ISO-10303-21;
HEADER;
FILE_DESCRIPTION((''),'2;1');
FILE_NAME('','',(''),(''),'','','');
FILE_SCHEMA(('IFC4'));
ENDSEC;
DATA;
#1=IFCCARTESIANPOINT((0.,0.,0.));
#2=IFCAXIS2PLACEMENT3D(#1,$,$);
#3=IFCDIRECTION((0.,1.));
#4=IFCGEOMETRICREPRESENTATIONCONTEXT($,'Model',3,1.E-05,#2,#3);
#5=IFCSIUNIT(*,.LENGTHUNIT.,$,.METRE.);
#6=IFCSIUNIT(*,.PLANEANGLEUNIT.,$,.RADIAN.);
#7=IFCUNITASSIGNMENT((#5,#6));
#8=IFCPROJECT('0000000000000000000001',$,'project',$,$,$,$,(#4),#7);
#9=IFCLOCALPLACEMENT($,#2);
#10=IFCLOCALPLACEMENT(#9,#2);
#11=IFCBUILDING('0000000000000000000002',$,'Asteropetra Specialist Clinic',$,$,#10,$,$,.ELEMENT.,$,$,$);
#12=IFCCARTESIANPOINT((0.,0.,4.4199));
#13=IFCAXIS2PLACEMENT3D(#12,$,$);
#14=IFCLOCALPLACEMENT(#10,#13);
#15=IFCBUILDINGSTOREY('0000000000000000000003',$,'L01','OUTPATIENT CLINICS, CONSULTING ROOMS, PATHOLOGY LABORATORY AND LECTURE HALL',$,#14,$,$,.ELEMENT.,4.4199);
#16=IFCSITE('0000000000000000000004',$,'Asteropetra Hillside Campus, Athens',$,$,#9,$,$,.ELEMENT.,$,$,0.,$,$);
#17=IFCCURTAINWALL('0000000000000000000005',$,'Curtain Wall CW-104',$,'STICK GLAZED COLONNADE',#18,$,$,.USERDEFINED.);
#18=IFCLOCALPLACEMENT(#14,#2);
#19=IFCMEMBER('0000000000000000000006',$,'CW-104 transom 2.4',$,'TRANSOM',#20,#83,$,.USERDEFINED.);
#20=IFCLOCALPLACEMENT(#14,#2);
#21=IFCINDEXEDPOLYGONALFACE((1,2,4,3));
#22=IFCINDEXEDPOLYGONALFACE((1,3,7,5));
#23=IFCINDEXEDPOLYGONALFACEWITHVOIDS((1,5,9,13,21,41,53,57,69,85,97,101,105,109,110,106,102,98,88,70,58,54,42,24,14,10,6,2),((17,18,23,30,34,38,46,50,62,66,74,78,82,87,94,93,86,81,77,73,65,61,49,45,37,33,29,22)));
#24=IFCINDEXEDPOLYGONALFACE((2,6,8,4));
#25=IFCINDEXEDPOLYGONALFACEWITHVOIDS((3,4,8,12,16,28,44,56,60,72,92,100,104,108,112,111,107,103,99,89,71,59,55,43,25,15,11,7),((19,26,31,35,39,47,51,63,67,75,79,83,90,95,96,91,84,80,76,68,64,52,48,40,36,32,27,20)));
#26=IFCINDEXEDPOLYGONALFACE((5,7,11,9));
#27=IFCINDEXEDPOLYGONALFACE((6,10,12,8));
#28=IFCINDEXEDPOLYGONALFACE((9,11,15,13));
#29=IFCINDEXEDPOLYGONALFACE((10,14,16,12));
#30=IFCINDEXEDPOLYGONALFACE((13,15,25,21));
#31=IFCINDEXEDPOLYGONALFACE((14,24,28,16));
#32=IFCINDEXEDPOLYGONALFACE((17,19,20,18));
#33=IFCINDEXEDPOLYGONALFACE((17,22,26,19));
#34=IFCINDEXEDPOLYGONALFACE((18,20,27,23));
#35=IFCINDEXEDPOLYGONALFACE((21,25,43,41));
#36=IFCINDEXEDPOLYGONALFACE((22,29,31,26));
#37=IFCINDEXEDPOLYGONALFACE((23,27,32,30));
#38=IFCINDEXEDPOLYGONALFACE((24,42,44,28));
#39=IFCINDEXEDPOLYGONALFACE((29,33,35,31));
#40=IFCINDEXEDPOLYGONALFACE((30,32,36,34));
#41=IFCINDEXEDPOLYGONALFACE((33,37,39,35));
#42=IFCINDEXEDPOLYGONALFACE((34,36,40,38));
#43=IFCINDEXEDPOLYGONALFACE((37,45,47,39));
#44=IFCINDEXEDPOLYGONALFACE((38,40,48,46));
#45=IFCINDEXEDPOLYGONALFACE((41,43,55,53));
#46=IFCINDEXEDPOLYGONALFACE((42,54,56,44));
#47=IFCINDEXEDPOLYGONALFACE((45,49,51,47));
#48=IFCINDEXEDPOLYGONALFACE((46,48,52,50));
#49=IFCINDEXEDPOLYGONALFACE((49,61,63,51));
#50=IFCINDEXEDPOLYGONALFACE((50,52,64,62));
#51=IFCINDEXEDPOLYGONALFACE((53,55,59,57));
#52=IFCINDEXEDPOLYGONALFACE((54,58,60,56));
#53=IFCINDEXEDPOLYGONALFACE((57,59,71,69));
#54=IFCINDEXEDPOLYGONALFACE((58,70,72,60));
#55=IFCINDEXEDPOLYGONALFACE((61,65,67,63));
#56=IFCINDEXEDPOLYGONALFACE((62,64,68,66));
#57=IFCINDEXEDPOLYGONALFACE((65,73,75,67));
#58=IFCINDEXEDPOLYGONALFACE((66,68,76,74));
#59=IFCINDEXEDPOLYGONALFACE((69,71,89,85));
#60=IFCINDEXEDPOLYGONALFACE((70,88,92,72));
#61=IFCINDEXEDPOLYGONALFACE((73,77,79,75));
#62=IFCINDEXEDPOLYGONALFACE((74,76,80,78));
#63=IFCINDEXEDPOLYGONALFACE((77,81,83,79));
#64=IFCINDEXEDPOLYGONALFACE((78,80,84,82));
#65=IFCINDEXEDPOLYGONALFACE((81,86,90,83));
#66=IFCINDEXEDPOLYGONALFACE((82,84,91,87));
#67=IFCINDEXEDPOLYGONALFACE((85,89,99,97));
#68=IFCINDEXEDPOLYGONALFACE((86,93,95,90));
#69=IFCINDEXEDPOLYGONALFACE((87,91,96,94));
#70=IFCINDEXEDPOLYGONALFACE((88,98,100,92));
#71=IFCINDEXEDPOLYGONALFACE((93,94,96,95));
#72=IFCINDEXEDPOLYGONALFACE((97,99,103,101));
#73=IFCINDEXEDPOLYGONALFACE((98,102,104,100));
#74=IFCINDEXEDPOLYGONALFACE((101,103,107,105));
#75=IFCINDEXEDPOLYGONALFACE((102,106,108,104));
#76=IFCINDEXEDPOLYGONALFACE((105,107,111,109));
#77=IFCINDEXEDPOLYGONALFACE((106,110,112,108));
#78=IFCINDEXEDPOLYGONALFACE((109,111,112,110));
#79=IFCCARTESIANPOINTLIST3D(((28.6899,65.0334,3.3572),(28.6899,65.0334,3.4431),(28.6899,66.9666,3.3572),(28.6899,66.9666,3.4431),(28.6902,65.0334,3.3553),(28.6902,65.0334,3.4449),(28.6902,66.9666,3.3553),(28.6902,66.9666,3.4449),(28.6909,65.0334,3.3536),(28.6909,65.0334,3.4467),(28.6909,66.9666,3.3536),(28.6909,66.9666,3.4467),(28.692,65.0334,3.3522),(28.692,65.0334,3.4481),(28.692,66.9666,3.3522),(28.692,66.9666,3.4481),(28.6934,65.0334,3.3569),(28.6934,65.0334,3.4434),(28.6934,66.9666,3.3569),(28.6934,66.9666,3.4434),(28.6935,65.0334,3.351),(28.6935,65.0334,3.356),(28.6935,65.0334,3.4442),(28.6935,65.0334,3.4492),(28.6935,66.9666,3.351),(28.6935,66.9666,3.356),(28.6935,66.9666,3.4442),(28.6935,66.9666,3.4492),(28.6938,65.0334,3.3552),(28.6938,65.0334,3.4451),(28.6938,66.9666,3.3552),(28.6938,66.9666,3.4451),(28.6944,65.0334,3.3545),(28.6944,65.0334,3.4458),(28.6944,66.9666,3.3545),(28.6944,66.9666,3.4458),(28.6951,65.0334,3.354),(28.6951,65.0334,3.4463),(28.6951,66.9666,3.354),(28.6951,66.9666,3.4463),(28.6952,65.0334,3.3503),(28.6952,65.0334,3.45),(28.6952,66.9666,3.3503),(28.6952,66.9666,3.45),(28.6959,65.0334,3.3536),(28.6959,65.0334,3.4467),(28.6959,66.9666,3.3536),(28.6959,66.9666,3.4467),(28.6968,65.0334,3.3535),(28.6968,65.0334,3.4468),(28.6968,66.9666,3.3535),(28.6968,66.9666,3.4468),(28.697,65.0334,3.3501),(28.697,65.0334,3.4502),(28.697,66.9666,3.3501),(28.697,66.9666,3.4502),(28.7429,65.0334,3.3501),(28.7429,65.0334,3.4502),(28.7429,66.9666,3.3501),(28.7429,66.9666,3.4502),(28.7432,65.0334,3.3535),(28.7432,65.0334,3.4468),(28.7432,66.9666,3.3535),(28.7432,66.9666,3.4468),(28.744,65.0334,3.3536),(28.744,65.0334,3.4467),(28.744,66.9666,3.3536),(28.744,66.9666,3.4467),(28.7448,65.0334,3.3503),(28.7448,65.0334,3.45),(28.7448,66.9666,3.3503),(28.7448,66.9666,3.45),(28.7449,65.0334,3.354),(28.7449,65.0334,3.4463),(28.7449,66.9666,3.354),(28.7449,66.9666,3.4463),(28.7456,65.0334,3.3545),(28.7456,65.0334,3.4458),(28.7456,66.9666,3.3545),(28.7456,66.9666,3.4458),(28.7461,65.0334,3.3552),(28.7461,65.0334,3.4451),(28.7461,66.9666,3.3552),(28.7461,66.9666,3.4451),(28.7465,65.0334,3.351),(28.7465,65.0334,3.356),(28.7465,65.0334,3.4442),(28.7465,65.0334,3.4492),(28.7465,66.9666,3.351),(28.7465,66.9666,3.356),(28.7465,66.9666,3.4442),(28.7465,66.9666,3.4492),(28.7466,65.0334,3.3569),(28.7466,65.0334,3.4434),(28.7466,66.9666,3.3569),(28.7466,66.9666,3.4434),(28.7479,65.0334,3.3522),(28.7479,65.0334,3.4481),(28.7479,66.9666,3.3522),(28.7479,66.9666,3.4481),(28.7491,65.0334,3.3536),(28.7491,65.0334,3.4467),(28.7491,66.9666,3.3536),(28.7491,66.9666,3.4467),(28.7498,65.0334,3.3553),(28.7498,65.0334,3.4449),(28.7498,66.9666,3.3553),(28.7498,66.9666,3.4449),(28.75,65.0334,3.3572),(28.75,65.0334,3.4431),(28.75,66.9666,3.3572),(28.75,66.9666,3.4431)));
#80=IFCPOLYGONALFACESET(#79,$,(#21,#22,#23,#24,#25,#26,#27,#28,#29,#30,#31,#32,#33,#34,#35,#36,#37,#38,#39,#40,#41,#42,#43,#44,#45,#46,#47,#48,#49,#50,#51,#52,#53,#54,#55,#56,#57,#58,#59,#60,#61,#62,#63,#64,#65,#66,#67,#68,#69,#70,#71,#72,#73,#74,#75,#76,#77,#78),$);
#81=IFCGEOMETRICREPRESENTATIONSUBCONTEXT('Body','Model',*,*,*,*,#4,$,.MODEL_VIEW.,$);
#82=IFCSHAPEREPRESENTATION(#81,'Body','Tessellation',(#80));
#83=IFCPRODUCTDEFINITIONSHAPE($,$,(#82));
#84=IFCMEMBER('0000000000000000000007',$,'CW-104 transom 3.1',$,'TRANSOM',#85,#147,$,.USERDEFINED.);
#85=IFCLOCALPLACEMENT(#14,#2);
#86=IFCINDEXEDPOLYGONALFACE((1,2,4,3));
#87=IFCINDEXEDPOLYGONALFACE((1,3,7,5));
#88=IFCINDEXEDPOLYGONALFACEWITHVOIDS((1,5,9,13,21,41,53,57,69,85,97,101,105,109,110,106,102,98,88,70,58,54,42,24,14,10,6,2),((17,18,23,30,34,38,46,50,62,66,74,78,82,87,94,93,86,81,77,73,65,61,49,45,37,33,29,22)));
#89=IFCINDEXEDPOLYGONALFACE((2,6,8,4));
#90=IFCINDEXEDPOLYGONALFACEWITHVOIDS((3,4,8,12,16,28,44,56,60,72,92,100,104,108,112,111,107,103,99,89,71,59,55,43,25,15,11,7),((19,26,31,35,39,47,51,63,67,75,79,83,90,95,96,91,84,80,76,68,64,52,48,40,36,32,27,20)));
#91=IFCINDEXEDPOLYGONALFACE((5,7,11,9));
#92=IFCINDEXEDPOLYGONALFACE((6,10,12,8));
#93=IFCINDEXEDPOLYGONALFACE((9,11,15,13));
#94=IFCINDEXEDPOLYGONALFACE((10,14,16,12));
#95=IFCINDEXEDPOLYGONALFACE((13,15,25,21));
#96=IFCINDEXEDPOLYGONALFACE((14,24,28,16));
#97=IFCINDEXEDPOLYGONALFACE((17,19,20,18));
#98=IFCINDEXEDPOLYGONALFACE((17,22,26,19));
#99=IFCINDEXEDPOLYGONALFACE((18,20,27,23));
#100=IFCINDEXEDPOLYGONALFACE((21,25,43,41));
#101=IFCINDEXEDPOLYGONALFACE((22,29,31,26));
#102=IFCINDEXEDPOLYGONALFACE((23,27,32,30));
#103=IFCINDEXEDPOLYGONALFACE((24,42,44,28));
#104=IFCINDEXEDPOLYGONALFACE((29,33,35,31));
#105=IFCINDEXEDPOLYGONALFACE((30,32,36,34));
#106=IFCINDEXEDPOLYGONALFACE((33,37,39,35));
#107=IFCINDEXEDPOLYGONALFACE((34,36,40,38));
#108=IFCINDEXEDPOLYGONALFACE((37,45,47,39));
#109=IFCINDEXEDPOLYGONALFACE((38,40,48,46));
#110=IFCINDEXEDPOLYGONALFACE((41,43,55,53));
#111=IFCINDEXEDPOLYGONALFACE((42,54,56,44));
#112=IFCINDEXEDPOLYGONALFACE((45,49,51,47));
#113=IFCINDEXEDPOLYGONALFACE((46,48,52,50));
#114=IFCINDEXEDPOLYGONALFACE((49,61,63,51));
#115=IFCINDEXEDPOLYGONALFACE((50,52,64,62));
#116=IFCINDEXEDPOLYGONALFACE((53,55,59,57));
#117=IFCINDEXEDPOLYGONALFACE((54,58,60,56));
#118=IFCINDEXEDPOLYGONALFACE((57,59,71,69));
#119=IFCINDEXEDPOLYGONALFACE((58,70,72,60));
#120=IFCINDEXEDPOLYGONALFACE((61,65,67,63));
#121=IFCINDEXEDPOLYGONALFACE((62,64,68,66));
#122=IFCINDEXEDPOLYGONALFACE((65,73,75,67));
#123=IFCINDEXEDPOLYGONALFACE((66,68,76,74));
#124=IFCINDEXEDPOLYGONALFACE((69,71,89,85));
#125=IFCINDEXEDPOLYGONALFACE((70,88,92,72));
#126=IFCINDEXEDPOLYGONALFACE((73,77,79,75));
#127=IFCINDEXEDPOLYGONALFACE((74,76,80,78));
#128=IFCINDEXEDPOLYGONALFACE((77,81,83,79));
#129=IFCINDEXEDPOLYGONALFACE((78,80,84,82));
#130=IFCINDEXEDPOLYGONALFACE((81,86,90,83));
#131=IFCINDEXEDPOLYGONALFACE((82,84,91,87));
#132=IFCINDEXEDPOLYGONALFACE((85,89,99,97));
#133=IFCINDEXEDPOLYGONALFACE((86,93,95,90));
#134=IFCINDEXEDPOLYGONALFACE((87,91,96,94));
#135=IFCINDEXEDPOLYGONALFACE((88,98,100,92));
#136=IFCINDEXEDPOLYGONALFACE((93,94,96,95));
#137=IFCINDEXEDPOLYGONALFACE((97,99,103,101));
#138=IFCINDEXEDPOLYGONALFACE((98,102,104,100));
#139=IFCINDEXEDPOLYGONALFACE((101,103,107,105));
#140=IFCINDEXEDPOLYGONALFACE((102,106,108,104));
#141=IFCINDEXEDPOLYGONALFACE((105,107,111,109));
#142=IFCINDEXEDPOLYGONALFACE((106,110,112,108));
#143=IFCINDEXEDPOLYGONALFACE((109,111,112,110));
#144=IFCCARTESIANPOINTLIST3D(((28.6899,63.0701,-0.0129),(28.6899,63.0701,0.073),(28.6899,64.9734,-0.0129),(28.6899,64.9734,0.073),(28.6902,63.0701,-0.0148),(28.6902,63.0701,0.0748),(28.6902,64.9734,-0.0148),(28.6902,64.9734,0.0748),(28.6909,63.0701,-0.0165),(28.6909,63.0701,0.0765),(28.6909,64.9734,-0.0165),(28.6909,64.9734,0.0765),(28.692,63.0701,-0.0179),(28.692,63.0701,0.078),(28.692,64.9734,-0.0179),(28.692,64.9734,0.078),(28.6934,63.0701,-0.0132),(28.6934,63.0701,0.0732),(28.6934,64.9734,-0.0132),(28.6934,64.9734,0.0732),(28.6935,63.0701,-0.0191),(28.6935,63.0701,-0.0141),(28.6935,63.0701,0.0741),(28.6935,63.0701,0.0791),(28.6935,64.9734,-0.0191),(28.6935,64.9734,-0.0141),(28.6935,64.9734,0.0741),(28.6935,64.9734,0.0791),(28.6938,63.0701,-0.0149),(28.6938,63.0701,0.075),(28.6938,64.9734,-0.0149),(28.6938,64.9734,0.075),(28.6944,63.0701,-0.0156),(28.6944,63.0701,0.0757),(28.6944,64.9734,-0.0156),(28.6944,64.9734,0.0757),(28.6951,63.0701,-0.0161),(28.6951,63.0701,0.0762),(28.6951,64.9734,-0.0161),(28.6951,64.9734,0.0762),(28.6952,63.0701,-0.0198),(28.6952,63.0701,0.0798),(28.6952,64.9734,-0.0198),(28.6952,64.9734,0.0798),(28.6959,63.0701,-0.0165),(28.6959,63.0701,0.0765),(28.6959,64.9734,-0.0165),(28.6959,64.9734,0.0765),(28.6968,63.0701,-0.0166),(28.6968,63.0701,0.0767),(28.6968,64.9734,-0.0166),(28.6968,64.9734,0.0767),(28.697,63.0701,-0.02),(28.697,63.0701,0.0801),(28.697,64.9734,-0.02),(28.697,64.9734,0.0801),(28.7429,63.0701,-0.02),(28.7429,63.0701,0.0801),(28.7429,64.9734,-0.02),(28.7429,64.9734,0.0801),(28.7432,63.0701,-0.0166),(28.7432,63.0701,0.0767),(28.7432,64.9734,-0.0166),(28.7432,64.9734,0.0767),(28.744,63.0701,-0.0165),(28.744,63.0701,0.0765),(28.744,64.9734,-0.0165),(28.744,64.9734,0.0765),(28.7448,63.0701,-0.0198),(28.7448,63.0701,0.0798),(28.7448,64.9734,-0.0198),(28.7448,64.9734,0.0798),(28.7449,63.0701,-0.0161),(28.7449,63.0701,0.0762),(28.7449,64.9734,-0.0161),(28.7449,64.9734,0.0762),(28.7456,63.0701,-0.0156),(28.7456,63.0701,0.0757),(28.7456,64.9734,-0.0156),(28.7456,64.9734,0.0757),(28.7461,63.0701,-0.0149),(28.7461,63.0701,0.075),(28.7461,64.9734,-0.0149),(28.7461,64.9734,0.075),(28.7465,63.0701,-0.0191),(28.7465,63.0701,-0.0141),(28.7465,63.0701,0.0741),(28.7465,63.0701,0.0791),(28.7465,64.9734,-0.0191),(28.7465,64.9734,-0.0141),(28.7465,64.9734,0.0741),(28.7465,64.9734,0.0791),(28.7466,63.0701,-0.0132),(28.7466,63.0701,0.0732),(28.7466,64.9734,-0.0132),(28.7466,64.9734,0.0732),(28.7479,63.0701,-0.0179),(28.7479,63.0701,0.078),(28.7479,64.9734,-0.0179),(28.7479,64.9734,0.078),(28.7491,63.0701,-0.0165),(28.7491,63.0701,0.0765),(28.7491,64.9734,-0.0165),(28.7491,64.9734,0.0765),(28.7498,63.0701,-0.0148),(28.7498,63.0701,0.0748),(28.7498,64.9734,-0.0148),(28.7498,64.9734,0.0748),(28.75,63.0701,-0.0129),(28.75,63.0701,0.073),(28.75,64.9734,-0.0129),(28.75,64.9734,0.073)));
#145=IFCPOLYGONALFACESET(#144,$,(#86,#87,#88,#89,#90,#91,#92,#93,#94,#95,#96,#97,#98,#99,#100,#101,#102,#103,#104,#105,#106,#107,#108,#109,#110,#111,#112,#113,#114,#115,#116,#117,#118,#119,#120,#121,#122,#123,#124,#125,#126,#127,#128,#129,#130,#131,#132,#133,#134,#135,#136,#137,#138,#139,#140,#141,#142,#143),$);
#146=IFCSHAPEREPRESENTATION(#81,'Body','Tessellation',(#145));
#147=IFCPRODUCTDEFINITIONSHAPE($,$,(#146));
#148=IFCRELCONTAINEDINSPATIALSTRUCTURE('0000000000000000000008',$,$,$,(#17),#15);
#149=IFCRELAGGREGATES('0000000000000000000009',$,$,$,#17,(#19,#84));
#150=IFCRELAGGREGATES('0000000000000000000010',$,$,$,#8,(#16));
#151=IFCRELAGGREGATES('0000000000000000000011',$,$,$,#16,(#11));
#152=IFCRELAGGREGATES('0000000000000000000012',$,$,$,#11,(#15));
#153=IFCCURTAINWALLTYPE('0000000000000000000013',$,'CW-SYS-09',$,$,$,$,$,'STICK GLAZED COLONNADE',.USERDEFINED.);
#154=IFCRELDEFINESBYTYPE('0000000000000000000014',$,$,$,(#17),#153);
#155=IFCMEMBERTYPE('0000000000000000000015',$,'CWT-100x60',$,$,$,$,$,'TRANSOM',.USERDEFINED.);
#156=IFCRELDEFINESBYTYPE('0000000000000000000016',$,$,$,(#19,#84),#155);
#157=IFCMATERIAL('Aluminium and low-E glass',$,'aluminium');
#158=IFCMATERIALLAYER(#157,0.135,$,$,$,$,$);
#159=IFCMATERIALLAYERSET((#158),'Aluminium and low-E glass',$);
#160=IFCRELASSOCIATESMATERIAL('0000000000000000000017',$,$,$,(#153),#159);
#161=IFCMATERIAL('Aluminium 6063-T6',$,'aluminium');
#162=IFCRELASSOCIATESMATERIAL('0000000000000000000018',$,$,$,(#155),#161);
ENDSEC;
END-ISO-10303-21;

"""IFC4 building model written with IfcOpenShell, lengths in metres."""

from ifc_helpers import new_model, si_unit, direction, frame, origin, origin_2d, place, context, subcontext, project, spatial, hollow_rectangle, extrude, material, layer, layer_set, material_profile, profile_set, type_object, element, aggregate, save


model = new_model("IFC4")

# Units and contexts
model_context = context("Model", 3, precision=1e-05, world=origin(), true_north=direction((0.0, 1.0)))
body_context = subcontext(model_context, "Body", "Model", "MODEL_VIEW")
ifc_project = project(units=[si_unit("LENGTHUNIT", "METRE"), si_unit("PLANEANGLEUNIT", "RADIAN")], contexts=[model_context])

# Site, building, storey
site_placement = place(None, origin())
site = spatial("IfcSite", under=ifc_project, at=site_placement, Name="Asteropetra Hillside Campus, Athens", CompositionType="ELEMENT", RefElevation=0.0)
building_placement = place(site_placement, origin())
building = spatial("IfcBuilding", under=site, at=building_placement, Name="Asteropetra Specialist Clinic", CompositionType="ELEMENT")
storey_placement = place(building_placement, frame((0.0, 0.0, 4.4199)))
storey = spatial("IfcBuildingStorey", under=building, at=storey_placement, Name="L01", Description="OUTPATIENT CLINICS, CONSULTING ROOMS, PATHOLOGY LABORATORY AND LECTURE HALL", CompositionType="ELEMENT", Elevation=4.4199)

# Curtain wall, members
ifc_material_1 = material(Name="Aluminium and low-E glass", Category="aluminium")
ifc_layer_1 = layer(ifc_material_1, 0.135)
ifc_layer_set_1 = layer_set([ifc_layer_1], Name="Aluminium and low-E glass")
curtain_wall_type = type_object("IfcCurtainWallType", Name="CW-SYS-09", ElementType="STICK GLAZED COLONNADE", PredefinedType="USERDEFINED", material=ifc_layer_set_1)
curtain_wall_placement = place(storey_placement, origin())
curtain_wall = element("IfcCurtainWall", 1, at=curtain_wall_placement, inside=storey, type_object=curtain_wall_type, Name="Curtain Wall CW-104", ObjectType="STICK GLAZED COLONNADE", PredefinedType="USERDEFINED")
ifc_material_2 = material(Name="Aluminium 6063-T6", Category="aluminium")
ifc_material_profile_1 = material_profile(ifc_material_2, hollow_rectangle(XDim=0.0601, YDim=0.1001, WallThickness=0.0034, InnerFilletRadius=0.0034, OuterFilletRadius=0.0071, at=origin_2d()), Name="TRN 100x60x3.5")
ifc_profile_set_1 = profile_set([ifc_material_profile_1], Name="Aluminium 6063-T6")
member_type_1 = type_object("IfcMemberType", Name="CWT-100x60", ElementType="TRANSOM", PredefinedType="USERDEFINED", material=ifc_profile_set_1)
member_1_placement = place(storey_placement, frame((28.72, 66.9666, 3.4001), z_axis=(0.0, -1.0, 0.0), x_axis=(1.0, 0.0, 0.0)))
member_1 = element("IfcMember", 2, at=member_1_placement, type_object=member_type_1, Name="CW-104 transom 2.4", ObjectType="TRANSOM", PredefinedType="USERDEFINED", context=body_context, shape_type="SweptSolid", body=[
    extrude(hollow_rectangle(XDim=0.0601, YDim=0.1001, WallThickness=0.0034, InnerFilletRadius=0.0034, OuterFilletRadius=0.0071, at=origin_2d()), origin(), (0.0, 0.0, 1.0), 1.9331),
])
member_2_placement = place(storey_placement, frame((28.72, 64.9734, 0.03), z_axis=(0.0, -1.0, 0.0), x_axis=(1.0, 0.0, 0.0)))
member_2 = element("IfcMember", 3, at=member_2_placement, type_object=member_type_1, Name="CW-104 transom 3.1", ObjectType="TRANSOM", PredefinedType="USERDEFINED", context=body_context, shape_type="SweptSolid", body=[
    extrude(hollow_rectangle(XDim=0.0601, YDim=0.1001, WallThickness=0.0034, InnerFilletRadius=0.0034, OuterFilletRadius=0.0071, at=origin_2d()), origin(), (0.0, 0.0, 1.0), 1.9033),
])
aggregate(curtain_wall, [member_1, member_2])

save(model, "model.ifc")
